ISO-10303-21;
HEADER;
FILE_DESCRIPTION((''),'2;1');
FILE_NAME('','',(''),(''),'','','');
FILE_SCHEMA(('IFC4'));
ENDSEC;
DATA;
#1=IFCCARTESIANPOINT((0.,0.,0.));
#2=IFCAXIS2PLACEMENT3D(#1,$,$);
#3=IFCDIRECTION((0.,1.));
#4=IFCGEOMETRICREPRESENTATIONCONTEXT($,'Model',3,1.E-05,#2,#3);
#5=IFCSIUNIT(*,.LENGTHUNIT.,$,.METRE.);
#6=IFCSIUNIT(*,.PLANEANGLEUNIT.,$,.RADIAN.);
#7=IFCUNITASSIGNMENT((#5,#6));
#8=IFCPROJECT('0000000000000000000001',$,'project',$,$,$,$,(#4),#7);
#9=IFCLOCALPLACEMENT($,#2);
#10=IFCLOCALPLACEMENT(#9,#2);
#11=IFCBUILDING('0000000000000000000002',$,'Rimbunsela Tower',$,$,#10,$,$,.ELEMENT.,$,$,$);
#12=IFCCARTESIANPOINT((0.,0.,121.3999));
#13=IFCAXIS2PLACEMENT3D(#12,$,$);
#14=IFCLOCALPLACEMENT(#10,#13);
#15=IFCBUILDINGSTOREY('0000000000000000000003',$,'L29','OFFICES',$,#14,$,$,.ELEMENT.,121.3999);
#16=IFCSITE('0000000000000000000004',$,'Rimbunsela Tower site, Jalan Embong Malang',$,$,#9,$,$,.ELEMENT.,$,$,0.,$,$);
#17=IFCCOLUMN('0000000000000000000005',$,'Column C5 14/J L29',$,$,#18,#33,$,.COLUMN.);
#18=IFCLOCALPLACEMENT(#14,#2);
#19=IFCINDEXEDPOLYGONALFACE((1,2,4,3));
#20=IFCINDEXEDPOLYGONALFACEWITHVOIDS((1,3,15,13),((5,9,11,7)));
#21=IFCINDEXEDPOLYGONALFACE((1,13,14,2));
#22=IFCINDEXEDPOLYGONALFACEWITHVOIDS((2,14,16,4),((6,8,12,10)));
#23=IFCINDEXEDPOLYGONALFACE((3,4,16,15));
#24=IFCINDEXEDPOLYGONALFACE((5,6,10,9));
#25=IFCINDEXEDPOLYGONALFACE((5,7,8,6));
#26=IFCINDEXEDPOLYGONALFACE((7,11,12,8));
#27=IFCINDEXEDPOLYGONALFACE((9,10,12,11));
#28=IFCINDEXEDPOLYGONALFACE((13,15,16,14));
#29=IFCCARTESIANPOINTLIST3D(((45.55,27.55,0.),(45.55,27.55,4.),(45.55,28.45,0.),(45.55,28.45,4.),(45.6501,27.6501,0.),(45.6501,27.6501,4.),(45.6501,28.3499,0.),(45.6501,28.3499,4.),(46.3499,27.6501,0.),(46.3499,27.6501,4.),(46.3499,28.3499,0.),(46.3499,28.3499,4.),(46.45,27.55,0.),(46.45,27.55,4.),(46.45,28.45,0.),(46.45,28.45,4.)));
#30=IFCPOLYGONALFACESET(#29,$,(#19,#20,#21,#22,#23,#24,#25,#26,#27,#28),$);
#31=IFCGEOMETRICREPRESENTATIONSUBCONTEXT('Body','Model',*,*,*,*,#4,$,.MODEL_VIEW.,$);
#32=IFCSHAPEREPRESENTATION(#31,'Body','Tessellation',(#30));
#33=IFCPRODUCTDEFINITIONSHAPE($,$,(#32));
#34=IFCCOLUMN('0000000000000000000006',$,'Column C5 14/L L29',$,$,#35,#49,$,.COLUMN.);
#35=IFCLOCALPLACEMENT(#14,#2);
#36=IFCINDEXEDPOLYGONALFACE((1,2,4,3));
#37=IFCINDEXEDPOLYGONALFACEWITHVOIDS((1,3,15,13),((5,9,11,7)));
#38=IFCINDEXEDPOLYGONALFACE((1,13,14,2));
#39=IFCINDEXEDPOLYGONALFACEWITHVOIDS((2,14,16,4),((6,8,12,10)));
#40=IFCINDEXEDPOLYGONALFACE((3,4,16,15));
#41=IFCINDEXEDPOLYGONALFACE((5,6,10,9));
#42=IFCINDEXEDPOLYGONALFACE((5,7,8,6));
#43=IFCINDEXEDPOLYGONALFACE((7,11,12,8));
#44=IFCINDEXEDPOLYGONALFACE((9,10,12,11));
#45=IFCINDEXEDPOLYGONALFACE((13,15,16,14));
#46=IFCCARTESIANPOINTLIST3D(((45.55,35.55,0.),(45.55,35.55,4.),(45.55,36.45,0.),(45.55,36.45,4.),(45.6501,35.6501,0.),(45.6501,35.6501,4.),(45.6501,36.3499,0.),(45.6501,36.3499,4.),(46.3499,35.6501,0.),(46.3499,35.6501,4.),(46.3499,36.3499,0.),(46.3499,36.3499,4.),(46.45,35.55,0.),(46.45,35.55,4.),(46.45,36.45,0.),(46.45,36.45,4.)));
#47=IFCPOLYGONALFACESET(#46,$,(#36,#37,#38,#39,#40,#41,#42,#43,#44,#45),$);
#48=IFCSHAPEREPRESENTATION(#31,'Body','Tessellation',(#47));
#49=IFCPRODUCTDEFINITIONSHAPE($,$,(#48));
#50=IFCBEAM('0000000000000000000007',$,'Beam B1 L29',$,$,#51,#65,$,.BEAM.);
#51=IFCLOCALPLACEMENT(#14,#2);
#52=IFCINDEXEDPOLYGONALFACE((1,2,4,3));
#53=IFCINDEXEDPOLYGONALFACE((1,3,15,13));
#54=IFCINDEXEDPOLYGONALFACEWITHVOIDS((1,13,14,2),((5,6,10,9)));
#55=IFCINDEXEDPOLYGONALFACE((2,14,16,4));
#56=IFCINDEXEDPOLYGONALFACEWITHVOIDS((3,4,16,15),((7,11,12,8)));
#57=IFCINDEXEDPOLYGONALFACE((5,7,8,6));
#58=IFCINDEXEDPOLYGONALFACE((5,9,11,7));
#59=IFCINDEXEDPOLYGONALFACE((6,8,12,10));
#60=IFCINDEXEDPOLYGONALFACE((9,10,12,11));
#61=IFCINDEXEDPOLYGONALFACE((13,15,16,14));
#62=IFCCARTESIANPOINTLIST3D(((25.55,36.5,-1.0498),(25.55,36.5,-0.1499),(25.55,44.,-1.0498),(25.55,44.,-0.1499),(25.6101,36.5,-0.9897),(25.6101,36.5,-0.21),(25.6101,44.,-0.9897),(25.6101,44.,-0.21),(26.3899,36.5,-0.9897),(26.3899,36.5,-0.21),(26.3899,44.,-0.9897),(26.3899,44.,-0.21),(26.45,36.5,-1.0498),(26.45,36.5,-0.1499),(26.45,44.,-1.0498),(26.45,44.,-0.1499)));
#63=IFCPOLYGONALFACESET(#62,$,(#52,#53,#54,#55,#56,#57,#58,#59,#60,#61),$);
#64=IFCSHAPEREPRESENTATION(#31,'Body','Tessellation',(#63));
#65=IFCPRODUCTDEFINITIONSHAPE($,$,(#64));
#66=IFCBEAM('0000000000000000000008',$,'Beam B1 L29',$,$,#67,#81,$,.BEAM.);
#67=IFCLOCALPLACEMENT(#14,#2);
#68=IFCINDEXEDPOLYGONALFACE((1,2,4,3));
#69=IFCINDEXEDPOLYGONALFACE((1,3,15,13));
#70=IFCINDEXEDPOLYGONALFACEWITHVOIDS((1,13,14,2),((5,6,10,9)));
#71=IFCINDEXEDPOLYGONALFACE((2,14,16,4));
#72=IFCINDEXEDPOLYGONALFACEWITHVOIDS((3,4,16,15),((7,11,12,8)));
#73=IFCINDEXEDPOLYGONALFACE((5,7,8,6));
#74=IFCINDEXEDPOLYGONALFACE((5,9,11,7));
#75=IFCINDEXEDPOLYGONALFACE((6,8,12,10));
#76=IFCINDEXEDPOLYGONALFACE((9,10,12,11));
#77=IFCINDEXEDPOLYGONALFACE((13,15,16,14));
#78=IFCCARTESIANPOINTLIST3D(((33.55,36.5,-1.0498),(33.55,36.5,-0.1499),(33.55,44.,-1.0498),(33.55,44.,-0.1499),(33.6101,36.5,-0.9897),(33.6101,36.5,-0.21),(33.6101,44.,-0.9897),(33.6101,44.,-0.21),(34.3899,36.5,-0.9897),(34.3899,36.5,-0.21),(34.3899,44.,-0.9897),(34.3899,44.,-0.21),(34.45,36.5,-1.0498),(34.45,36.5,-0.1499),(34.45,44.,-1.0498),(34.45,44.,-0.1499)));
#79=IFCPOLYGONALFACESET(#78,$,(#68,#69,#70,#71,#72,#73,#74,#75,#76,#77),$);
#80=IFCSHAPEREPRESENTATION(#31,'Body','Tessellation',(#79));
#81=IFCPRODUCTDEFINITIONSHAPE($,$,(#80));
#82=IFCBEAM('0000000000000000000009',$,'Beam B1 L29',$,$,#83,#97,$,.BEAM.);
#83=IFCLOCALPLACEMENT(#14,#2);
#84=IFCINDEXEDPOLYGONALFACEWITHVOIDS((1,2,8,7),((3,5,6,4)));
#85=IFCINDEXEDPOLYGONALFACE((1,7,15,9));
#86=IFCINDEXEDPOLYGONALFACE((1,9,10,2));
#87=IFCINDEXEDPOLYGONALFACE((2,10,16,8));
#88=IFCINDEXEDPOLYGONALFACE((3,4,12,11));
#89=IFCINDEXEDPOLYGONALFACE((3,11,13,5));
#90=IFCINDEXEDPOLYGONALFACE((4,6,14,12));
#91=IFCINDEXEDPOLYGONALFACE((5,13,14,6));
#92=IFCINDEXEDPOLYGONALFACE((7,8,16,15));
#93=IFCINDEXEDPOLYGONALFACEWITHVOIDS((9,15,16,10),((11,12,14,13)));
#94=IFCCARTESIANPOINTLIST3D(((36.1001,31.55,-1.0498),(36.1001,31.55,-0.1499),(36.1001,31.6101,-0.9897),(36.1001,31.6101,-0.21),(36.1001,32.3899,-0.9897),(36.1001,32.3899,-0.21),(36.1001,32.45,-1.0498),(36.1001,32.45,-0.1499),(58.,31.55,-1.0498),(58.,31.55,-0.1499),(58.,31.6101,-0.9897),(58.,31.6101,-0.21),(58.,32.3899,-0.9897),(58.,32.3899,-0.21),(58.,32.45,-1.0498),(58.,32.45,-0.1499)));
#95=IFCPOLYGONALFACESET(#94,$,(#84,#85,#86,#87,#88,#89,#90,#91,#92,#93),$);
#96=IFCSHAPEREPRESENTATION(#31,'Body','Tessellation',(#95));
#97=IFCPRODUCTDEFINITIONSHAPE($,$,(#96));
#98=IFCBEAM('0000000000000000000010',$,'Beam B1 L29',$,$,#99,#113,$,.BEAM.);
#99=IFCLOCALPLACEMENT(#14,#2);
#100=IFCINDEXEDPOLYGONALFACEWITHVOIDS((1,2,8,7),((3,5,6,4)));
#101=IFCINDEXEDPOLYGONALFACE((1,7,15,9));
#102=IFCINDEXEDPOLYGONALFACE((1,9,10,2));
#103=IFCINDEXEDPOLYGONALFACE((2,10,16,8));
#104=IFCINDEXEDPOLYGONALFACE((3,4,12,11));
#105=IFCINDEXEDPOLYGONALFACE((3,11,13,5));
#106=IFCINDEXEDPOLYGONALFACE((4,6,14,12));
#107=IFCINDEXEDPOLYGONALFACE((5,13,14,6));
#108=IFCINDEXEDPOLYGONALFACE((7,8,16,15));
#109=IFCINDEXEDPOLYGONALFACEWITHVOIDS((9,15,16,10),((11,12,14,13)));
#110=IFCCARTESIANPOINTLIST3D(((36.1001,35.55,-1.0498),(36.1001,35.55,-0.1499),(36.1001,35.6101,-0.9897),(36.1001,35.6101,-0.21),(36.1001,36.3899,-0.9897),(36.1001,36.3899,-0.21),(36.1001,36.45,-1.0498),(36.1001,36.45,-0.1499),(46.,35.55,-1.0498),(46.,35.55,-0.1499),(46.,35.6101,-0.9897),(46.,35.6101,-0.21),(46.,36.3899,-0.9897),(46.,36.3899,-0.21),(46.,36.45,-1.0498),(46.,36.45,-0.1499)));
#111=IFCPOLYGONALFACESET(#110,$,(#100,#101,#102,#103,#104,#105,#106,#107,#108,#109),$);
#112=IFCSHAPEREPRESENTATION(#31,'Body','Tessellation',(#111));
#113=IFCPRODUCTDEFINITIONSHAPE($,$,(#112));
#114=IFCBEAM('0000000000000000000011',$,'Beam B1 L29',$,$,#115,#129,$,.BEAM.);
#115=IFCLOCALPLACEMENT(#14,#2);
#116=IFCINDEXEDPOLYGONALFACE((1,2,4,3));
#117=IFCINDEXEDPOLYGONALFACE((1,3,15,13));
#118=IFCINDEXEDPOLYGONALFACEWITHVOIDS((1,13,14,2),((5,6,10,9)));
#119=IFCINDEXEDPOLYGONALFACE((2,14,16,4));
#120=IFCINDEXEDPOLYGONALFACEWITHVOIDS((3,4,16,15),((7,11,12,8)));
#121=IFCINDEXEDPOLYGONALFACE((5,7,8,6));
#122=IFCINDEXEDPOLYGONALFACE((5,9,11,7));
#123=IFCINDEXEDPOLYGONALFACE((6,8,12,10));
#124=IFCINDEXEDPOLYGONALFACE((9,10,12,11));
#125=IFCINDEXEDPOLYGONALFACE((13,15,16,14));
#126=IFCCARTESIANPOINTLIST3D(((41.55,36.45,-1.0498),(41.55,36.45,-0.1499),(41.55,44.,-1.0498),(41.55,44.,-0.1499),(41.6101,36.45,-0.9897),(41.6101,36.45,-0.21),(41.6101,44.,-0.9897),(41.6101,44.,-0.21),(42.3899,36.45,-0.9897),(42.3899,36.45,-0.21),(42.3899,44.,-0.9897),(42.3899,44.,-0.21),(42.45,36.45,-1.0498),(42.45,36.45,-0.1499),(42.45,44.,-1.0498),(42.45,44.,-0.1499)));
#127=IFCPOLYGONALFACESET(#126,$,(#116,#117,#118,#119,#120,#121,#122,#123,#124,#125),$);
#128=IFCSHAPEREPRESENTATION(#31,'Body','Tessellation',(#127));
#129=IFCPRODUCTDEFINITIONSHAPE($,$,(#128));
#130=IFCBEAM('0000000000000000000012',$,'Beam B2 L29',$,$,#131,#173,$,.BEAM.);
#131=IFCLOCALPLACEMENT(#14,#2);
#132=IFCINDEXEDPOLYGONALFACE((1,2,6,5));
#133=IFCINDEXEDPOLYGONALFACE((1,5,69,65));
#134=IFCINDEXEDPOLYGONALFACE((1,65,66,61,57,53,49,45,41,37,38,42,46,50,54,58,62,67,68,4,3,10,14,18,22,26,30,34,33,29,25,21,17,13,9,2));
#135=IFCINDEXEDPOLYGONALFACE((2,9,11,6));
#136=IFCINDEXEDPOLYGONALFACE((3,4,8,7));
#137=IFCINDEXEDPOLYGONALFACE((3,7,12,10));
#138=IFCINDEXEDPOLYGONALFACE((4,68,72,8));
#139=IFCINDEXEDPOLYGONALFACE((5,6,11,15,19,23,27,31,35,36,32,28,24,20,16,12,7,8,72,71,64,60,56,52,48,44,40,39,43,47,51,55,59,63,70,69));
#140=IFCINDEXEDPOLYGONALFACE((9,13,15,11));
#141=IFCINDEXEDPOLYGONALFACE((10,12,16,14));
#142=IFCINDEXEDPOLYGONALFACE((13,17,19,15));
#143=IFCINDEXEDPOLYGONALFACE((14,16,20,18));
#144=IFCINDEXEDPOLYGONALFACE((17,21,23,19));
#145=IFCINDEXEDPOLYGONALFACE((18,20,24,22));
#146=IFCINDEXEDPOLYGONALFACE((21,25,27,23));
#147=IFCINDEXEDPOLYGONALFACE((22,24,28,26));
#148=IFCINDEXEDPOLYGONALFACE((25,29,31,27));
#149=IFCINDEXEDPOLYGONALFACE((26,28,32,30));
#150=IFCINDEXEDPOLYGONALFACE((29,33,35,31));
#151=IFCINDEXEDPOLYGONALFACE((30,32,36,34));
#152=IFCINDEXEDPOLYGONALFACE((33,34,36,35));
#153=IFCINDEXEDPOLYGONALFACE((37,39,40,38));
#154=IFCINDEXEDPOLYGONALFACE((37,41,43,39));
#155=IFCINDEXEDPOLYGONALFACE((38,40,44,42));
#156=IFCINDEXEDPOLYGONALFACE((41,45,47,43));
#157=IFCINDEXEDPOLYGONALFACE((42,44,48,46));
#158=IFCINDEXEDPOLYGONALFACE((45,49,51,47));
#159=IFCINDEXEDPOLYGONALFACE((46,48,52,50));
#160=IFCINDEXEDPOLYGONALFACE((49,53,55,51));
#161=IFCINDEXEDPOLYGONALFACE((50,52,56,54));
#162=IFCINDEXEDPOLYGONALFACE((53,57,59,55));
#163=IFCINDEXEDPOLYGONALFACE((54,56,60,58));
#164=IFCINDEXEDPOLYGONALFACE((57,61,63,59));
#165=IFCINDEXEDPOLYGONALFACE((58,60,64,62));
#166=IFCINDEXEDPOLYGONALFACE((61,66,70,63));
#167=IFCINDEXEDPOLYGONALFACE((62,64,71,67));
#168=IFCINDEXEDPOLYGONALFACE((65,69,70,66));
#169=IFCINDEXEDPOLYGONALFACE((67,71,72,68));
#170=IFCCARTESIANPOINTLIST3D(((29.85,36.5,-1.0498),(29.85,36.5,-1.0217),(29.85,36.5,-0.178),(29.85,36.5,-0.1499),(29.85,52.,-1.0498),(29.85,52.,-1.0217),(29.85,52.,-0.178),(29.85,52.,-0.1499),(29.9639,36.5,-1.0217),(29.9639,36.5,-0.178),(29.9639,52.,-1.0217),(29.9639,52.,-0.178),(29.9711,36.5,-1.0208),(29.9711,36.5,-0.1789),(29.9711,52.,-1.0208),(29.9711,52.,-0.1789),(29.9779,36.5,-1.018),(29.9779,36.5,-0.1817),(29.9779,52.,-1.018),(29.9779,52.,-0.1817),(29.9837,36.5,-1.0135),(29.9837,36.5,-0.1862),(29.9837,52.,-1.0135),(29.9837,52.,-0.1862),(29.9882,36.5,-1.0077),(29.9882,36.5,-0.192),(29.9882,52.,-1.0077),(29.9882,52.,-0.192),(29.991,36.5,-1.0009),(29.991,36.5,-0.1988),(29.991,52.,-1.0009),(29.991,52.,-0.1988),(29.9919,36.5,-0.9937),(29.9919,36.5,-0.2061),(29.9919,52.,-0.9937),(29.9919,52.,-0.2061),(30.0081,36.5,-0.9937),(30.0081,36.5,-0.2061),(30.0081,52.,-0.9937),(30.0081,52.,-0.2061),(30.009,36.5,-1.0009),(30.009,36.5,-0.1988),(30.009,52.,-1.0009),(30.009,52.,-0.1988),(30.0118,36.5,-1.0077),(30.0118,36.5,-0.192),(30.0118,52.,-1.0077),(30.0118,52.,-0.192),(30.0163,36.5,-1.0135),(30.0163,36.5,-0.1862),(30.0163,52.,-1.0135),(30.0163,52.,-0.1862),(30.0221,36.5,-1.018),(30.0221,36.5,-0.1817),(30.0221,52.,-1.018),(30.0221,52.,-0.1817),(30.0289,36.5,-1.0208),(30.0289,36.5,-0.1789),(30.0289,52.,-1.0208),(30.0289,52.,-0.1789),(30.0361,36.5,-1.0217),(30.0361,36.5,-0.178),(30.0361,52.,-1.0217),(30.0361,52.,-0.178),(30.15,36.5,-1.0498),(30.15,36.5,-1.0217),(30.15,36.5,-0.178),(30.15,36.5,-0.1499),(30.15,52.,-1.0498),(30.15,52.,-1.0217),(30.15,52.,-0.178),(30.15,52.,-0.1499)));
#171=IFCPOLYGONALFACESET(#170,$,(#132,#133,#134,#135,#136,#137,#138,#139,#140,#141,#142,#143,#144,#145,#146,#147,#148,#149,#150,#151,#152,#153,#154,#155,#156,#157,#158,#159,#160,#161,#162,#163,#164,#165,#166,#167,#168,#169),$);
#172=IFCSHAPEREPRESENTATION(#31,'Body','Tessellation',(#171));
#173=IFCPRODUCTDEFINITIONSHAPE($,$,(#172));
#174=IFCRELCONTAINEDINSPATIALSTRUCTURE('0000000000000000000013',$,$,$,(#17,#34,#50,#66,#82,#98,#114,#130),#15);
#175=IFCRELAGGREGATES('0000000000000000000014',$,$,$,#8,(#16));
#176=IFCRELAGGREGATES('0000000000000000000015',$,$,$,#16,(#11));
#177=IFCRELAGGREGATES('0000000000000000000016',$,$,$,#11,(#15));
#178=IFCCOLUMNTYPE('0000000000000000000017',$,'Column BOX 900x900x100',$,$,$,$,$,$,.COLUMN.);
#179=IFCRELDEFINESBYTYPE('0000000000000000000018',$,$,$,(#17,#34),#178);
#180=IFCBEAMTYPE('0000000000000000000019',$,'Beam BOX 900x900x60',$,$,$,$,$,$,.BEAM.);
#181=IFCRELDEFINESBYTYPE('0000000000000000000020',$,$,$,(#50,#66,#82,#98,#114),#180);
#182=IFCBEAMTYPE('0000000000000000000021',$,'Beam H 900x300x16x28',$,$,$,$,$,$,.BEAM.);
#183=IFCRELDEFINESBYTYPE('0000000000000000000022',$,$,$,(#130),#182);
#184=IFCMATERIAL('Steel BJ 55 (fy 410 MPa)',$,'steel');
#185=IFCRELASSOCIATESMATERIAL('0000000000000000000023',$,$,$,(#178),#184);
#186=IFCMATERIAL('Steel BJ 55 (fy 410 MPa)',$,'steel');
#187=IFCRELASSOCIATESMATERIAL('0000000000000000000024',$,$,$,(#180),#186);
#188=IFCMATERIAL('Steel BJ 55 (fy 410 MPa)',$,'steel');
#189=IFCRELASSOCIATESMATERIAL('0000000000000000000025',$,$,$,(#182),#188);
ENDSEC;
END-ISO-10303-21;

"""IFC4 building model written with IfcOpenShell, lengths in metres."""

from ifc_helpers import new_model, si_unit, direction, frame, origin, origin_2d, place, context, subcontext, project, spatial, hollow_rectangle, i_section, extrude, material, material_profile, profile_set, type_object, element, save


model = new_model("IFC4")

# Units and contexts
model_context = context("Model", 3, precision=1e-05, world=origin(), true_north=direction((0.0, 1.0)))
body_context = subcontext(model_context, "Body", "Model", "MODEL_VIEW")
ifc_project = project(units=[si_unit("LENGTHUNIT", "METRE"), si_unit("PLANEANGLEUNIT", "RADIAN")], contexts=[model_context])

# Site, building, storey
site_placement = place(None, origin())
site = spatial("IfcSite", under=ifc_project, at=site_placement, Name="Rimbunsela Tower site, Jalan Embong Malang", CompositionType="ELEMENT", RefElevation=0.0)
building_placement = place(site_placement, origin())
building = spatial("IfcBuilding", under=site, at=building_placement, Name="Rimbunsela Tower", CompositionType="ELEMENT")
storey_placement = place(building_placement, frame((0.0, 0.0, 121.3999)))
storey = spatial("IfcBuildingStorey", under=building, at=storey_placement, Name="L29", Description="OFFICES", CompositionType="ELEMENT", Elevation=121.3999)

# Columns
ifc_material_1 = material(Name="Steel BJ 55 (fy 410 MPa)", Category="steel")
ifc_material_profile_1 = material_profile(ifc_material_1, hollow_rectangle(XDim=0.8999, YDim=0.8999, WallThickness=0.1001, at=origin_2d()), Name="BOX 900x900x100")
ifc_profile_set_1 = profile_set([ifc_material_profile_1], Name="Steel BJ 55 (fy 410 MPa)")
column_type = type_object("IfcColumnType", Name="Column BOX 900x900x100", PredefinedType="COLUMN", material=ifc_profile_set_1)
for number, where, z_axis, x_axis, name in (
    (1, (46.0, 28.0, 0.0), (0.0, 0.0, 1.0), (1.0, 0.0, 0.0), "Column C5 14/J L29"),
    (2, (46.0, 36.0, 0.0), (0.0, 0.0, 1.0), (1.0, 0.0, 0.0), "Column C5 14/L L29"),
):
    element("IfcColumn", number, at=place(storey_placement, frame(where, z_axis=z_axis, x_axis=x_axis)), inside=storey, type_object=column_type, Name=name, PredefinedType="COLUMN", context=body_context, shape_type="SweptSolid", body=[
        extrude(hollow_rectangle(XDim=0.8999, YDim=0.8999, WallThickness=0.1001, at=origin_2d()), origin(), (0.0, 0.0, 1.0), 4.0),
    ])

# Beams
ifc_material_2 = material(Name="Steel BJ 55 (fy 410 MPa)", Category="steel")
ifc_material_profile_2 = material_profile(ifc_material_2, hollow_rectangle(XDim=0.8999, YDim=0.8999, WallThickness=0.0601, at=origin_2d()), Name="BOX 900x900x60")
ifc_profile_set_2 = profile_set([ifc_material_profile_2], Name="Steel BJ 55 (fy 410 MPa)")
beam_type_1 = type_object("IfcBeamType", Name="Beam BOX 900x900x60", PredefinedType="BEAM", material=ifc_profile_set_2)
for number, where, z_axis, x_axis, name in (
    (3, (26.0, 36.5, -0.5999), (0.0, 1.0, 0.0), (-1.0, 0.0, 0.0), "Beam B1 L29"),
    (4, (34.0, 36.5, -0.5999), (0.0, 1.0, 0.0), (-1.0, 0.0, 0.0), "Beam B1 L29"),
):
    element("IfcBeam", number, at=place(storey_placement, frame(where, z_axis=z_axis, x_axis=x_axis)), inside=storey, type_object=beam_type_1, Name=name, PredefinedType="BEAM", context=body_context, shape_type="SweptSolid", body=[
        extrude(hollow_rectangle(XDim=0.8999, YDim=0.8999, WallThickness=0.0601, at=origin_2d()), origin(), (0.0, 0.0, 1.0), 7.5),
    ])
beam_1_placement = place(storey_placement, frame((36.1001, 32.0, -0.5999), z_axis=(1.0, 0.0, 0.0), x_axis=(0.0, 1.0, 0.0)))
element("IfcBeam", 5, at=beam_1_placement, inside=storey, type_object=beam_type_1, Name="Beam B1 L29", PredefinedType="BEAM", context=body_context, shape_type="SweptSolid", body=[
    extrude(hollow_rectangle(XDim=0.8999, YDim=0.8999, WallThickness=0.0601, at=origin_2d()), origin(), (0.0, 0.0, 1.0), 21.8999),
])
beam_2_placement = place(storey_placement, frame((36.1001, 36.0, -0.5999), z_axis=(1.0, 0.0, 0.0), x_axis=(0.0, 1.0, 0.0)))
element("IfcBeam", 6, at=beam_2_placement, inside=storey, type_object=beam_type_1, Name="Beam B1 L29", PredefinedType="BEAM", context=body_context, shape_type="SweptSolid", body=[
    extrude(hollow_rectangle(XDim=0.8999, YDim=0.8999, WallThickness=0.0601, at=origin_2d()), origin(), (0.0, 0.0, 1.0), 9.8999),
])
beam_3_placement = place(storey_placement, frame((42.0, 36.45, -0.5999), z_axis=(0.0, 1.0, 0.0), x_axis=(-1.0, 0.0, 0.0)))
element("IfcBeam", 7, at=beam_3_placement, inside=storey, type_object=beam_type_1, Name="Beam B1 L29", PredefinedType="BEAM", context=body_context, shape_type="SweptSolid", body=[
    extrude(hollow_rectangle(XDim=0.8999, YDim=0.8999, WallThickness=0.0601, at=origin_2d()), origin(), (0.0, 0.0, 1.0), 7.55),
])
ifc_material_3 = material(Name="Steel BJ 55 (fy 410 MPa)", Category="steel")
ifc_material_profile_3 = material_profile(ifc_material_3, i_section(OverallWidth=0.3, OverallDepth=0.8999, WebThickness=0.0161, FlangeThickness=0.0281, FilletRadius=0.0281, at=origin_2d()), Name="H 900x300x16x28")
ifc_profile_set_3 = profile_set([ifc_material_profile_3], Name="Steel BJ 55 (fy 410 MPa)")
beam_type_2 = type_object("IfcBeamType", Name="Beam H 900x300x16x28", PredefinedType="BEAM", material=ifc_profile_set_3)
beam_4_placement = place(storey_placement, frame((30.0, 36.5, -0.5999), z_axis=(0.0, 1.0, 0.0), x_axis=(-1.0, 0.0, 0.0)))
element("IfcBeam", 8, at=beam_4_placement, inside=storey, type_object=beam_type_2, Name="Beam B2 L29", PredefinedType="BEAM", context=body_context, shape_type="SweptSolid", body=[
    extrude(i_section(OverallWidth=0.3, OverallDepth=0.8999, WebThickness=0.0161, FlangeThickness=0.0281, FilletRadius=0.0281, at=origin_2d()), origin(), (0.0, 0.0, 1.0), 15.5),
])

save(model, "model.ifc")
